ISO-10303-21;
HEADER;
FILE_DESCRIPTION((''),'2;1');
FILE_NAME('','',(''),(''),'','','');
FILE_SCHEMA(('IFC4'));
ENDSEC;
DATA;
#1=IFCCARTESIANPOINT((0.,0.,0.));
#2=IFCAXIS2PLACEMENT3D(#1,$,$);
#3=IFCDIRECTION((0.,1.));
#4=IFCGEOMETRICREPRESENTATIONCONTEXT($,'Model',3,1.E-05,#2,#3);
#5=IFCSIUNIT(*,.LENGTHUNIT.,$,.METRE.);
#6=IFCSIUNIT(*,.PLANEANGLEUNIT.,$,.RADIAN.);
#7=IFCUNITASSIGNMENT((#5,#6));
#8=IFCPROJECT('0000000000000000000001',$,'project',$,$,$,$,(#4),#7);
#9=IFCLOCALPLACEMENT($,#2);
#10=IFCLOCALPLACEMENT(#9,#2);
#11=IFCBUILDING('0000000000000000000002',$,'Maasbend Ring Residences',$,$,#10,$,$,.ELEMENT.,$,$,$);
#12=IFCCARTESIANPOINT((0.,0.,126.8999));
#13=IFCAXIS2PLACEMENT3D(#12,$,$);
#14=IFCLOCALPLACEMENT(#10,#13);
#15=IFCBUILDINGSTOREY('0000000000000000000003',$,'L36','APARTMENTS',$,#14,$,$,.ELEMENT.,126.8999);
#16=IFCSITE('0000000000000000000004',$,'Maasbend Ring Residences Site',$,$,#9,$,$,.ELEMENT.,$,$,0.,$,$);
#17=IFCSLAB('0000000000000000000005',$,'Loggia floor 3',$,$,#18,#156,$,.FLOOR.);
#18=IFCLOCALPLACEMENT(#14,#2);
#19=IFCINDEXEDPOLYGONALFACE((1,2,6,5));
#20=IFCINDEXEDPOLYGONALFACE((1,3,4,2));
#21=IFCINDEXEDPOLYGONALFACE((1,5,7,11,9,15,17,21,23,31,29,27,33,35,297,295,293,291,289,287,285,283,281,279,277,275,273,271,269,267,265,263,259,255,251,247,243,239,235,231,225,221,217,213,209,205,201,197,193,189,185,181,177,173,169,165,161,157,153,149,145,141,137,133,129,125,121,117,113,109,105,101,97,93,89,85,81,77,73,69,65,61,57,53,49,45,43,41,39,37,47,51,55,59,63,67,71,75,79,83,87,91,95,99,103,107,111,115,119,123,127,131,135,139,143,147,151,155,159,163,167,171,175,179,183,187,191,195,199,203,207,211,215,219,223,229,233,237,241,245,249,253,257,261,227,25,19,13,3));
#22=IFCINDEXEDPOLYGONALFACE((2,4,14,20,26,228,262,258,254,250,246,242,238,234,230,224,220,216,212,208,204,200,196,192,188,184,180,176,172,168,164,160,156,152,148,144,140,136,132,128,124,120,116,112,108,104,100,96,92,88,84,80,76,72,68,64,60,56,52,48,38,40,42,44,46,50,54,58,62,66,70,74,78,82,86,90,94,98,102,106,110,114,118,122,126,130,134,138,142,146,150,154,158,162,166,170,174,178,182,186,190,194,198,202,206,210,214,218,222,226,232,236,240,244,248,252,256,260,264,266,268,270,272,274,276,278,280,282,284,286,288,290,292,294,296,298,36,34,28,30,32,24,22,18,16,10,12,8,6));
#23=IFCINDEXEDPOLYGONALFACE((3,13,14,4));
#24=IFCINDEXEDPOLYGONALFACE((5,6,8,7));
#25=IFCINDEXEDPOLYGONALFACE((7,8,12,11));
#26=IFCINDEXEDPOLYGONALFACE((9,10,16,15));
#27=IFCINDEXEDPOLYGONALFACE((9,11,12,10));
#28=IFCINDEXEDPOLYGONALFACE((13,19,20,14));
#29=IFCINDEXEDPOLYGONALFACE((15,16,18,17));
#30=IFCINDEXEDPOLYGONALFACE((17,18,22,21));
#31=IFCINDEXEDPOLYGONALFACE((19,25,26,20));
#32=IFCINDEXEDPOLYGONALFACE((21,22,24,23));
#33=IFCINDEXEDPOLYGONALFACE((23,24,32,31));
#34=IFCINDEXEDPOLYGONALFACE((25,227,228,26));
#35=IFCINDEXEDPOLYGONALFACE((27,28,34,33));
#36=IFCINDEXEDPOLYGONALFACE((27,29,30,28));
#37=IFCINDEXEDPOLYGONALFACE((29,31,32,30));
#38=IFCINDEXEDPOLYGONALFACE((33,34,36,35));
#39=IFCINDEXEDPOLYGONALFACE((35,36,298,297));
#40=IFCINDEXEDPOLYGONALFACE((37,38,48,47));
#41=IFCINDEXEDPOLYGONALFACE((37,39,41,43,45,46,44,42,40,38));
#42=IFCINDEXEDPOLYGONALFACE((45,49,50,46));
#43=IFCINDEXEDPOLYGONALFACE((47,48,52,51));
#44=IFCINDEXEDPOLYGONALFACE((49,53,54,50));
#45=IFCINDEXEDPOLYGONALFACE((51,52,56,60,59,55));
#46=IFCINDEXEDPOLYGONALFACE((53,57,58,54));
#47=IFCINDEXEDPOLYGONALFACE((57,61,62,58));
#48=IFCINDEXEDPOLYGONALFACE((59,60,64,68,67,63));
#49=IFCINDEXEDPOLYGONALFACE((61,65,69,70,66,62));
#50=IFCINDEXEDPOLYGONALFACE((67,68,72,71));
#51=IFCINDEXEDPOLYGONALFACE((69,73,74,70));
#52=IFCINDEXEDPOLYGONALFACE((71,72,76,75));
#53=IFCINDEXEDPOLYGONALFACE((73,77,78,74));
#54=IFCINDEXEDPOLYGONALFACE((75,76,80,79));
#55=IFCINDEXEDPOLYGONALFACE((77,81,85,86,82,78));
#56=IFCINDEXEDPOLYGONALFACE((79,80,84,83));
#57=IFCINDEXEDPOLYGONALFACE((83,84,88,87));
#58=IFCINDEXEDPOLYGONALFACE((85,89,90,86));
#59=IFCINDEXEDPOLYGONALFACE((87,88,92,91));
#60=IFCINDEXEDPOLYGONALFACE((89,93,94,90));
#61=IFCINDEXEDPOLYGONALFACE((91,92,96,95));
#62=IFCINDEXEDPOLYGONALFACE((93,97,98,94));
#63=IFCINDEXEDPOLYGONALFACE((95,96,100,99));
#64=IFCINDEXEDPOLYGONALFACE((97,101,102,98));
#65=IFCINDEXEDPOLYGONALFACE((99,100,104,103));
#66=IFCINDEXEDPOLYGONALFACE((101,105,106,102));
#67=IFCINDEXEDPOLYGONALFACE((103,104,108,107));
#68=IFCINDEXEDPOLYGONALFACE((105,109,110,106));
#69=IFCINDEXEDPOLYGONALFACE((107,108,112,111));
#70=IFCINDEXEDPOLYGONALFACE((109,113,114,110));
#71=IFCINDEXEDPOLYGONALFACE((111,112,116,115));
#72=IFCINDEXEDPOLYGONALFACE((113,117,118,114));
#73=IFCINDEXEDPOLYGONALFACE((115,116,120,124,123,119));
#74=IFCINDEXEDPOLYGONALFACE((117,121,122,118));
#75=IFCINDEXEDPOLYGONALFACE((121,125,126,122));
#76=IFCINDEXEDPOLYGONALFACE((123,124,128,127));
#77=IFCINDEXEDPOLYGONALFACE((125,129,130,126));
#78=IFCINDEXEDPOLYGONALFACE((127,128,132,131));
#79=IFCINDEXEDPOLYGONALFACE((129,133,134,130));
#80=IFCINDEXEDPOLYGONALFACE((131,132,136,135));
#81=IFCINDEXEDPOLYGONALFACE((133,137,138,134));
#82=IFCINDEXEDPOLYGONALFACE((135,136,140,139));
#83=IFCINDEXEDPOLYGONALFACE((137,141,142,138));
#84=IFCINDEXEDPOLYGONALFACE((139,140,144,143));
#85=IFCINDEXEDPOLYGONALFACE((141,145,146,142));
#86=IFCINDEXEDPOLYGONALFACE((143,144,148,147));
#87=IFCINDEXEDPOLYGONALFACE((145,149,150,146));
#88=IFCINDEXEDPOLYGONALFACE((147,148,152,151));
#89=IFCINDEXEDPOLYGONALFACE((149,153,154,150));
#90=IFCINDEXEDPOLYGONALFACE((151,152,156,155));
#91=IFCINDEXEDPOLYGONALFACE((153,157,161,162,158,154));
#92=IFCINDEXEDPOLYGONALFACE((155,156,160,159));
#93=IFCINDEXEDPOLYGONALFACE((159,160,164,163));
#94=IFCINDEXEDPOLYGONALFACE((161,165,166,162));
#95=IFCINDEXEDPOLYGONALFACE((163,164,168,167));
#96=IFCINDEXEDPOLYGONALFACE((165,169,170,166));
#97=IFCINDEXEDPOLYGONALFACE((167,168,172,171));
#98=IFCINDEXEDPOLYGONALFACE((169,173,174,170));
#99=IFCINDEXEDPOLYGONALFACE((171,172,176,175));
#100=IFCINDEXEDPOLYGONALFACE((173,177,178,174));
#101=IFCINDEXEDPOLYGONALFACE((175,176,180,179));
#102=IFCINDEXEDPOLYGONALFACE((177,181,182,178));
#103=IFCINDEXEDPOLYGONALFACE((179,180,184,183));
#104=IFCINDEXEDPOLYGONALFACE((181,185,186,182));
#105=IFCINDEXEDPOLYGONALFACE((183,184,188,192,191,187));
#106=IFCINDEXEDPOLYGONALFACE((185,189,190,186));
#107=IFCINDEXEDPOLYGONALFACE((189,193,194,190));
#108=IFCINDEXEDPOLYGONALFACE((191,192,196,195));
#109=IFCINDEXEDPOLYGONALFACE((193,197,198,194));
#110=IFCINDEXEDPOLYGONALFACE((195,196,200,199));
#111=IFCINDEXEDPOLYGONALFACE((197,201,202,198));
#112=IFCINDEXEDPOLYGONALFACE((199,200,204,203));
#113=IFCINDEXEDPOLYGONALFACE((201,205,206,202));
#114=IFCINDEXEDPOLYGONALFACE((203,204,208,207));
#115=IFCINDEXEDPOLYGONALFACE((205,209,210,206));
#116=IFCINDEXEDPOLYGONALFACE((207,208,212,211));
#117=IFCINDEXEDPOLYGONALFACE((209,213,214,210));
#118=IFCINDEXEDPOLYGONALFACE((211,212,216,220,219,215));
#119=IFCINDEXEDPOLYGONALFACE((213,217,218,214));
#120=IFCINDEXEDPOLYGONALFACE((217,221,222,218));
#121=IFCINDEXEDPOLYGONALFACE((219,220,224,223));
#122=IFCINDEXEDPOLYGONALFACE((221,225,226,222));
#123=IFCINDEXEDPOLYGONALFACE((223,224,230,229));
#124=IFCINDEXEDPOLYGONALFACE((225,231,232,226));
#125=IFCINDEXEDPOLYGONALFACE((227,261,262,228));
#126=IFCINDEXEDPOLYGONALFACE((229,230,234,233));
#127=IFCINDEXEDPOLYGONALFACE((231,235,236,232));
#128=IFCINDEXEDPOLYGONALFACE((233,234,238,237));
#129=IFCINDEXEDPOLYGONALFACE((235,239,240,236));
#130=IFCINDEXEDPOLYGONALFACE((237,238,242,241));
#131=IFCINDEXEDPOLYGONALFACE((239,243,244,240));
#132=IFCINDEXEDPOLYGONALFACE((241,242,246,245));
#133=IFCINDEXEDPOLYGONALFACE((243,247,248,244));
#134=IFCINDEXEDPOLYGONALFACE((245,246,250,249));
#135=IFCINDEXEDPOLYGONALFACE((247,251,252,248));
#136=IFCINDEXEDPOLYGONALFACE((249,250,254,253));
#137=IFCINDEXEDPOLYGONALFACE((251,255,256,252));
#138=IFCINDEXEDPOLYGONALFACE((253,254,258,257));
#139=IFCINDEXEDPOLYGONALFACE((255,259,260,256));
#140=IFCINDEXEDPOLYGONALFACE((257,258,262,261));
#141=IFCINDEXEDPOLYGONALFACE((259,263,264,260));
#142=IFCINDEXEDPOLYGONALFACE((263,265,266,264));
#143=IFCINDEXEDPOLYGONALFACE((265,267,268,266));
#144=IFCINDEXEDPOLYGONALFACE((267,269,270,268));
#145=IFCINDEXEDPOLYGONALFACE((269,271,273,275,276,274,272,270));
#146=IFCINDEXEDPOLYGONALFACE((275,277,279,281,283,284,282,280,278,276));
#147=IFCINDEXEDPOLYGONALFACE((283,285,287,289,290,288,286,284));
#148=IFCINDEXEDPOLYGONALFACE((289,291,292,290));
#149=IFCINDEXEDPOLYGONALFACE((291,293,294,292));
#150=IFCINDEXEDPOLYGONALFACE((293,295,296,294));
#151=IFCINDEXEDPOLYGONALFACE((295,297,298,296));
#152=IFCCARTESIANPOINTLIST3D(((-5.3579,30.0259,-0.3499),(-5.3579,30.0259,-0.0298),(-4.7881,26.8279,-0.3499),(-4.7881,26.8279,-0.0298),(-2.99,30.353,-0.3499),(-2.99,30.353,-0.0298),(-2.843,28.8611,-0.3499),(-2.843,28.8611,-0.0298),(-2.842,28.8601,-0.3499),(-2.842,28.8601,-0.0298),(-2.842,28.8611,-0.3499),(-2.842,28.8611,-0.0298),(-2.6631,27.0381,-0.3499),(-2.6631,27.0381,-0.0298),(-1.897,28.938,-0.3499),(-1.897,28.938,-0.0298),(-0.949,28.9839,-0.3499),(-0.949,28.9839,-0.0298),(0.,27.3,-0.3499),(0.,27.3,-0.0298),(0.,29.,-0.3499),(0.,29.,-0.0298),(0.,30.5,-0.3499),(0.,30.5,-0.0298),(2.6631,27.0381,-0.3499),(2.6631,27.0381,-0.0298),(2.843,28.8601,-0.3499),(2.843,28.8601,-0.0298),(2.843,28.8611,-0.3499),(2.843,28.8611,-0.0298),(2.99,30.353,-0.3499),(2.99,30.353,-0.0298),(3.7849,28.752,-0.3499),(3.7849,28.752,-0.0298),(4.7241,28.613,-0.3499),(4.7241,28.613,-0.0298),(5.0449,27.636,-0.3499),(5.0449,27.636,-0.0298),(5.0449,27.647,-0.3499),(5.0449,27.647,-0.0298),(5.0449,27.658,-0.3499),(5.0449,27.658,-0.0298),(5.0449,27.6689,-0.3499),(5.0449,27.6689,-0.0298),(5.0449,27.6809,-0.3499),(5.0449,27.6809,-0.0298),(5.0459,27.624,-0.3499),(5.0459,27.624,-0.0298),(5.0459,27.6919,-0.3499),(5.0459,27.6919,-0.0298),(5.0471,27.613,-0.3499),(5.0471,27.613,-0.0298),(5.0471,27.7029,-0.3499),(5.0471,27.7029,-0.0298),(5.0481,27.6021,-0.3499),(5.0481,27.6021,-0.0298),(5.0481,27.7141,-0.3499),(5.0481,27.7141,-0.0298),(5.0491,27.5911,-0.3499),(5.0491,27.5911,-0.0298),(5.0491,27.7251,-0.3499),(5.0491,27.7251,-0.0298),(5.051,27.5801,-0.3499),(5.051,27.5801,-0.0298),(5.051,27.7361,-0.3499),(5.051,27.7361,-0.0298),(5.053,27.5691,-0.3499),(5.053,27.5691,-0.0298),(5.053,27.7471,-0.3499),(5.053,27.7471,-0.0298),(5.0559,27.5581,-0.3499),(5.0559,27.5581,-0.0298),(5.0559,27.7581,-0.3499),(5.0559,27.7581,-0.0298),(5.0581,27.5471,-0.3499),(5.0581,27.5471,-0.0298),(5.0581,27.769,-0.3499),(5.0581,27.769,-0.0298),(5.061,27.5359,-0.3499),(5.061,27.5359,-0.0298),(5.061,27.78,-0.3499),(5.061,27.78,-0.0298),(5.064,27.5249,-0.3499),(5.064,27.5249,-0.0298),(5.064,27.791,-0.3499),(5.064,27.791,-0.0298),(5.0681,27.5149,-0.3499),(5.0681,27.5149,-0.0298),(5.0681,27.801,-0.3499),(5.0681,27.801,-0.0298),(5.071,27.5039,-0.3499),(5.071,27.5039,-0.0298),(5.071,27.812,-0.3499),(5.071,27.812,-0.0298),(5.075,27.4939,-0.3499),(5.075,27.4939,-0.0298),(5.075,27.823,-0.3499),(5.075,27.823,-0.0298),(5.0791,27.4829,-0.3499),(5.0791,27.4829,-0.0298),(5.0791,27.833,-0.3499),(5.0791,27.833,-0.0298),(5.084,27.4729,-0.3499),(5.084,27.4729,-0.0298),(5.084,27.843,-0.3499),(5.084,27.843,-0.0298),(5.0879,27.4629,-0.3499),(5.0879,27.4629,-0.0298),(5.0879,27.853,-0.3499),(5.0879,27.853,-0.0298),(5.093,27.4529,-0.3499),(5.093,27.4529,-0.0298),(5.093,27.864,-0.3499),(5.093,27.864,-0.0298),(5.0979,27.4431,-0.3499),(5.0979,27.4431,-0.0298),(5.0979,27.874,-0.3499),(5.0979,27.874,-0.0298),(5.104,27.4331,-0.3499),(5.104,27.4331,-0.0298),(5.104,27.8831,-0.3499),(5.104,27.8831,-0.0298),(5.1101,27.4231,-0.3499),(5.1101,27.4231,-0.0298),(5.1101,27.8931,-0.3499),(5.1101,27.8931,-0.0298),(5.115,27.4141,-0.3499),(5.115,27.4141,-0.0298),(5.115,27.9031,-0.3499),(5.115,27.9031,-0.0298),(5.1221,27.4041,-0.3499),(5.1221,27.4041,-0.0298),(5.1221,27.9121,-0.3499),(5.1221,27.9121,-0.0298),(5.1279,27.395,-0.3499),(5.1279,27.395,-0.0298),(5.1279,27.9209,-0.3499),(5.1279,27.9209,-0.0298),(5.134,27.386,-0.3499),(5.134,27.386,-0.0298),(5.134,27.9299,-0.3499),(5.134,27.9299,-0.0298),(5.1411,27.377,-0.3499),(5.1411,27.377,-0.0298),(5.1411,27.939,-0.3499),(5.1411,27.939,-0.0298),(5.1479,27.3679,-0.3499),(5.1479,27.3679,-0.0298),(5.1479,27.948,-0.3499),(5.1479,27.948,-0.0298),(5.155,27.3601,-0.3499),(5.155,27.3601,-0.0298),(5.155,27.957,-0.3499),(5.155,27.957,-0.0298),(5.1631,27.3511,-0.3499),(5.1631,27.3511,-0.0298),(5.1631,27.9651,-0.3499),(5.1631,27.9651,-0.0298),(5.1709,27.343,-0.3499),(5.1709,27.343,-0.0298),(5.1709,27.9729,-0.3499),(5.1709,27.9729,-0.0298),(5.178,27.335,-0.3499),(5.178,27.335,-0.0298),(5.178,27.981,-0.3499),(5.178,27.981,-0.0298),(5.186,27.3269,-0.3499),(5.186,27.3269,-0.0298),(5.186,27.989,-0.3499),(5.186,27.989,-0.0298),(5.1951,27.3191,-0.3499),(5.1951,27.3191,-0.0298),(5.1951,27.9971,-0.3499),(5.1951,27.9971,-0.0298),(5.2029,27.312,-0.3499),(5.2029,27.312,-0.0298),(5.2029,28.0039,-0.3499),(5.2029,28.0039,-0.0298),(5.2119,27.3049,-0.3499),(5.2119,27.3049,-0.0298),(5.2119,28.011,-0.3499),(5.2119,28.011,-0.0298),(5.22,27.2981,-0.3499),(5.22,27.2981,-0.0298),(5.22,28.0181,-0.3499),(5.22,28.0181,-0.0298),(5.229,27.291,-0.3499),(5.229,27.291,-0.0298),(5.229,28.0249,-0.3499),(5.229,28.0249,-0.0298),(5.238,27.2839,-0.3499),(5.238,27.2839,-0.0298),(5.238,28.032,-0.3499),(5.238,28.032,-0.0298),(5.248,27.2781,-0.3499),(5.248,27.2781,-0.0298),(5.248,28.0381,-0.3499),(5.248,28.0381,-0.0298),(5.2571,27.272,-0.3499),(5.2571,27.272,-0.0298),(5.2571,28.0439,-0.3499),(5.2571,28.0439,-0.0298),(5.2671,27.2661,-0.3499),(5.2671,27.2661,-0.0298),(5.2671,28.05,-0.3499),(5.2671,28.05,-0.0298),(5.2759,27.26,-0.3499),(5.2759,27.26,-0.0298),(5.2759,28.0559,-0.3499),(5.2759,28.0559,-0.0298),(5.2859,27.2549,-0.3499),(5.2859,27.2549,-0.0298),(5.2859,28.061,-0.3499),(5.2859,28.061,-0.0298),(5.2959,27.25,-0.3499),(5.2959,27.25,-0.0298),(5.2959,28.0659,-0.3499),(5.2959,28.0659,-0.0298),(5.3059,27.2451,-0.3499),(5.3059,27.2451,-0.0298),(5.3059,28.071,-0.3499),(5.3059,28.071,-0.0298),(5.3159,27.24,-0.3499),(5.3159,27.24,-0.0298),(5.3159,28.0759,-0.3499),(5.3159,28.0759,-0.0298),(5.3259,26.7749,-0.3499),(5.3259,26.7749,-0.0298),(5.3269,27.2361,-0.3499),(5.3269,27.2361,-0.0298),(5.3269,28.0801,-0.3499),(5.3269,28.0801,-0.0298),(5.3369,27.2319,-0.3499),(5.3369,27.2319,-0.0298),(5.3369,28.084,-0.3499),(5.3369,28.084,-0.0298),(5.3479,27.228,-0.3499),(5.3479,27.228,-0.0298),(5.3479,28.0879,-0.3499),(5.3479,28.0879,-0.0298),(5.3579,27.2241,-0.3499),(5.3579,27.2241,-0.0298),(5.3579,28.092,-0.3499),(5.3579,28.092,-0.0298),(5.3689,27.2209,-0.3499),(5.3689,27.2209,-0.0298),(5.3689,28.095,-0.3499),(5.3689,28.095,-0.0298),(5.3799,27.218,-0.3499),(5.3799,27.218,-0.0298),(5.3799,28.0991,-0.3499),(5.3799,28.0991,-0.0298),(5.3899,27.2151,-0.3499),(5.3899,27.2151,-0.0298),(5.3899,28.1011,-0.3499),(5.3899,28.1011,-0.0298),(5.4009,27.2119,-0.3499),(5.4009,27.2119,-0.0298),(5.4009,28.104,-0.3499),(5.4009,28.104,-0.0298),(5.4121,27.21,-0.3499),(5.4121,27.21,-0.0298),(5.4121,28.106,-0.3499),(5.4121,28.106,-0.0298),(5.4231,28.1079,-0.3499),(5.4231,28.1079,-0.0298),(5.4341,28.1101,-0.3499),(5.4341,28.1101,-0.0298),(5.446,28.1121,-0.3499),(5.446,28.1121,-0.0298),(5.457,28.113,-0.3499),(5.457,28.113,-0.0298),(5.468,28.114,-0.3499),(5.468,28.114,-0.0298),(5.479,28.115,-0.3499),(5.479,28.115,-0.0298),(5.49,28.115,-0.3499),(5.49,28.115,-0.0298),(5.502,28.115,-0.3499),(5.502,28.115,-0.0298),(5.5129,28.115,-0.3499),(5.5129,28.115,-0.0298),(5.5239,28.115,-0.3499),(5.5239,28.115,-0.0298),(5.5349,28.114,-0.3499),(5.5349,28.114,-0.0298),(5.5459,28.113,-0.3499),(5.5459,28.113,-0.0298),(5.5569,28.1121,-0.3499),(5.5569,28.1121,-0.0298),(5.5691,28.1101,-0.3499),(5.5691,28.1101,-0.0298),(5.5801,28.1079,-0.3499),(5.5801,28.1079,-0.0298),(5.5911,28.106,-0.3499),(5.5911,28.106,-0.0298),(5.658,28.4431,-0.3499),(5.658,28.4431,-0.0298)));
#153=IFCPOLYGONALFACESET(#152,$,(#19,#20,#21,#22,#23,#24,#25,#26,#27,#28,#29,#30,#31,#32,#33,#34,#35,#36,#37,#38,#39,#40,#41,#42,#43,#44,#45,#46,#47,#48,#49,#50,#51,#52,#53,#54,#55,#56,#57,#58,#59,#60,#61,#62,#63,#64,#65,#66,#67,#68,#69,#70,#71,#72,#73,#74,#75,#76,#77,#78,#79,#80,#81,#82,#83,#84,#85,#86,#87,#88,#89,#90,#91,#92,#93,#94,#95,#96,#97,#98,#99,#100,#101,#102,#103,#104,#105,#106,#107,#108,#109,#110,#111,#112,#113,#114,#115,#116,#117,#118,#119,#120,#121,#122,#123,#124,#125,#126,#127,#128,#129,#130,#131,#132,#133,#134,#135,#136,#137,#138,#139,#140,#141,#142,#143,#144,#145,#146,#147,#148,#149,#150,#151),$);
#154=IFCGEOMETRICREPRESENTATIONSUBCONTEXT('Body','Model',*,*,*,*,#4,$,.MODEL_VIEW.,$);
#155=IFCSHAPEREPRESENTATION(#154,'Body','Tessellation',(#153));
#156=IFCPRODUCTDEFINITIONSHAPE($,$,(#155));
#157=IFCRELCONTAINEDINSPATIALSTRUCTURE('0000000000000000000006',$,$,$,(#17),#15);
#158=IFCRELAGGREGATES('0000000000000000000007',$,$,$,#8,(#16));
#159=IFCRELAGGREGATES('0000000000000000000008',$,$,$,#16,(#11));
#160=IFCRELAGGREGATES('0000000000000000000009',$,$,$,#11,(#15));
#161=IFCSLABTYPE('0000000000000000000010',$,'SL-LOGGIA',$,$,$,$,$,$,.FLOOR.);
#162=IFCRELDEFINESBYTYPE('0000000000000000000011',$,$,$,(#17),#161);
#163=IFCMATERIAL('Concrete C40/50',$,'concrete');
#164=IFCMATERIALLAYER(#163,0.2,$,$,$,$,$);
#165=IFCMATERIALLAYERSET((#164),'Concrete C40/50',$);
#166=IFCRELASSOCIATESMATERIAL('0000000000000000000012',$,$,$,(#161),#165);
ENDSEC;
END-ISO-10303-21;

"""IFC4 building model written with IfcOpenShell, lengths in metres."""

from ifc_helpers import new_model, si_unit, direction, frame, origin, place, context, subcontext, project, spatial, polyline, outline, extrude, material, layer, layer_set, type_object, element, save


model = new_model("IFC4")

# Units and contexts
model_context = context("Model", 3, precision=1e-05, world=origin(), true_north=direction((0.0, 1.0)))
body_context = subcontext(model_context, "Body", "Model", "MODEL_VIEW")
ifc_project = project(units=[si_unit("LENGTHUNIT", "METRE"), si_unit("PLANEANGLEUNIT", "RADIAN")], contexts=[model_context])

# Site, building, storey
site_placement = place(None, origin())
site = spatial("IfcSite", under=ifc_project, at=site_placement, Name="Maasbend Ring Residences Site", CompositionType="ELEMENT", RefElevation=0.0)
building_placement = place(site_placement, origin())
building = spatial("IfcBuilding", under=site, at=building_placement, Name="Maasbend Ring Residences", CompositionType="ELEMENT")
storey_placement = place(building_placement, frame((0.0, 0.0, 126.8999)))
storey = spatial("IfcBuildingStorey", under=building, at=storey_placement, Name="L36", Description="APARTMENTS", CompositionType="ELEMENT", Elevation=126.8999)

# Slab
ifc_material_1 = material(Name="Concrete C40/50", Category="concrete")
ifc_layer_1 = layer(ifc_material_1, 0.2)
ifc_layer_set_1 = layer_set([ifc_layer_1], Name="Concrete C40/50")
slab_type_1 = type_object("IfcSlabType", Name="SL-LOGGIA", PredefinedType="FLOOR", material=ifc_layer_set_1)
slab_1_placement = place(storey_placement, frame((0.0, 0.0, -0.3499)))
element("IfcSlab", 1, at=slab_1_placement, inside=storey, type_object=slab_type_1, Name="Loggia floor 3", PredefinedType="FLOOR", context=body_context, shape_type="SweptSolid", body=[
    extrude(outline(polyline([(-2.843, 28.8611), (-2.843, 28.8611), (-2.843, 28.8611), (-2.843, 28.8611), (-2.842, 28.8611), (-2.842, 28.8611), (-2.842, 28.8611), (-2.842, 28.8611), (-2.842, 28.8611), (-2.842, 28.8601), (-2.842, 28.8601), (-2.842, 28.8601), (-2.842, 28.8601), (-2.842, 28.8601), (-2.842, 28.8601), (-2.842, 28.8601), (-2.842, 28.8601), (-1.897, 28.938), (-1.897, 28.938), (-0.949, 28.9839), (-0.949, 28.9839), (0.0, 29.0), (0.0, 29.0), (0.0, 29.0), (0.0, 29.0), (0.0, 29.0), (0.0, 29.0), (0.0, 29.0), (0.0, 29.0), (0.0, 29.0), (0.0, 29.0), (0.0, 29.0), (0.0, 29.0), (0.0, 29.0), (0.0, 29.0), (0.0, 29.0), (0.0, 29.0), (0.0, 29.0), (0.0, 30.5), (0.0, 30.5), (0.0, 30.5), (2.99, 30.353), (2.99, 30.353), (2.99, 30.353), (2.843, 28.8611), (2.843, 28.8611), (2.843, 28.8611), (2.843, 28.8611), (2.843, 28.8611), (2.843, 28.8611), (2.843, 28.8611), (2.843, 28.8611), (2.843, 28.8601), (2.843, 28.8601), (2.843, 28.8601), (2.843, 28.8601), (2.843, 28.8601), (2.843, 28.8601), (2.843, 28.8601), (2.843, 28.8601), (2.843, 28.8601), (3.7849, 28.752), (3.7849, 28.752), (4.7241, 28.613), (4.7241, 28.613), (5.658, 28.4431), (5.658, 28.4431), (5.658, 28.4431), (5.5911, 28.106), (5.5911, 28.106), (5.5801, 28.1079), (5.5691, 28.1101), (5.5569, 28.1121), (5.5459, 28.113), (5.5349, 28.114), (5.5239, 28.115), (5.5129, 28.115), (5.502, 28.115), (5.49, 28.115), (5.479, 28.115), (5.468, 28.114), (5.457, 28.113), (5.446, 28.1121), (5.4341, 28.1101), (5.4231, 28.1079), (5.4121, 28.106), (5.4009, 28.104), (5.3899, 28.1011), (5.3799, 28.0991), (5.3689, 28.095), (5.3579, 28.092), (5.3479, 28.0879), (5.3369, 28.084), (5.3269, 28.0801), (5.3159, 28.0759), (5.3059, 28.071), (5.2959, 28.0659), (5.2859, 28.061), (5.2759, 28.0559), (5.2671, 28.05), (5.2571, 28.0439), (5.248, 28.0381), (5.238, 28.032), (5.229, 28.0249), (5.22, 28.0181), (5.2119, 28.011), (5.2029, 28.0039), (5.1951, 27.9971), (5.186, 27.989), (5.178, 27.981), (5.1709, 27.9729), (5.1631, 27.9651), (5.155, 27.957), (5.1479, 27.948), (5.1411, 27.939), (5.134, 27.9299), (5.1279, 27.9209), (5.1221, 27.9121), (5.115, 27.9031), (5.1101, 27.8931), (5.104, 27.8831), (5.0979, 27.874), (5.093, 27.864), (5.0879, 27.853), (5.084, 27.843), (5.0791, 27.833), (5.075, 27.823), (5.071, 27.812), (5.0681, 27.801), (5.064, 27.791), (5.061, 27.78), (5.0581, 27.769), (5.0559, 27.7581), (5.053, 27.7471), (5.051, 27.7361), (5.0491, 27.7251), (5.0481, 27.7141), (5.0471, 27.7029), (5.0459, 27.6919), (5.0449, 27.6809), (5.0449, 27.6689), (5.0449, 27.658), (5.0449, 27.647), (5.0449, 27.636), (5.0459, 27.624), (5.0471, 27.613), (5.0481, 27.6021), (5.0491, 27.5911), (5.051, 27.5801), (5.053, 27.5691), (5.0559, 27.5581), (5.0581, 27.5471), (5.061, 27.5359), (5.064, 27.5249), (5.0681, 27.5149), (5.071, 27.5039), (5.075, 27.4939), (5.0791, 27.4829), (5.084, 27.4729), (5.0879, 27.4629), (5.093, 27.4529), (5.0979, 27.4431), (5.104, 27.4331), (5.1101, 27.4231), (5.115, 27.4141), (5.1221, 27.4041), (5.1279, 27.395), (5.134, 27.386), (5.1411, 27.377), (5.1479, 27.3679), (5.155, 27.3601), (5.1631, 27.3511), (5.1709, 27.343), (5.178, 27.335), (5.186, 27.3269), (5.1951, 27.3191), (5.2029, 27.312), (5.2119, 27.3049), (5.22, 27.2981), (5.229, 27.291), (5.238, 27.2839), (5.248, 27.2781), (5.2571, 27.272), (5.2671, 27.2661), (5.2759, 27.26), (5.2859, 27.2549), (5.2959, 27.25), (5.3059, 27.2451), (5.3159, 27.24), (5.3269, 27.2361), (5.3369, 27.2319), (5.3479, 27.228), (5.3579, 27.2241), (5.3689, 27.2209), (5.3799, 27.218), (5.3899, 27.2151), (5.4009, 27.2119), (5.4121, 27.21), (5.4121, 27.21), (5.3259, 26.7749), (5.3259, 26.7749), (5.3259, 26.7749), (2.6631, 27.0381), (0.0, 27.3), (0.0, 27.3), (0.0, 27.3), (-2.6631, 27.0381), (-4.7881, 26.8279), (-4.7881, 26.8279), (-4.7881, 26.8279), (-5.3579, 30.0259), (-5.3579, 30.0259), (-5.3579, 30.0259), (-2.99, 30.353), (-2.99, 30.353), (-2.99, 30.353), (-2.843, 28.8611)])), origin(), (0.0, 0.0, 1.0), 0.3201),
])

save(model, "model.ifc")
